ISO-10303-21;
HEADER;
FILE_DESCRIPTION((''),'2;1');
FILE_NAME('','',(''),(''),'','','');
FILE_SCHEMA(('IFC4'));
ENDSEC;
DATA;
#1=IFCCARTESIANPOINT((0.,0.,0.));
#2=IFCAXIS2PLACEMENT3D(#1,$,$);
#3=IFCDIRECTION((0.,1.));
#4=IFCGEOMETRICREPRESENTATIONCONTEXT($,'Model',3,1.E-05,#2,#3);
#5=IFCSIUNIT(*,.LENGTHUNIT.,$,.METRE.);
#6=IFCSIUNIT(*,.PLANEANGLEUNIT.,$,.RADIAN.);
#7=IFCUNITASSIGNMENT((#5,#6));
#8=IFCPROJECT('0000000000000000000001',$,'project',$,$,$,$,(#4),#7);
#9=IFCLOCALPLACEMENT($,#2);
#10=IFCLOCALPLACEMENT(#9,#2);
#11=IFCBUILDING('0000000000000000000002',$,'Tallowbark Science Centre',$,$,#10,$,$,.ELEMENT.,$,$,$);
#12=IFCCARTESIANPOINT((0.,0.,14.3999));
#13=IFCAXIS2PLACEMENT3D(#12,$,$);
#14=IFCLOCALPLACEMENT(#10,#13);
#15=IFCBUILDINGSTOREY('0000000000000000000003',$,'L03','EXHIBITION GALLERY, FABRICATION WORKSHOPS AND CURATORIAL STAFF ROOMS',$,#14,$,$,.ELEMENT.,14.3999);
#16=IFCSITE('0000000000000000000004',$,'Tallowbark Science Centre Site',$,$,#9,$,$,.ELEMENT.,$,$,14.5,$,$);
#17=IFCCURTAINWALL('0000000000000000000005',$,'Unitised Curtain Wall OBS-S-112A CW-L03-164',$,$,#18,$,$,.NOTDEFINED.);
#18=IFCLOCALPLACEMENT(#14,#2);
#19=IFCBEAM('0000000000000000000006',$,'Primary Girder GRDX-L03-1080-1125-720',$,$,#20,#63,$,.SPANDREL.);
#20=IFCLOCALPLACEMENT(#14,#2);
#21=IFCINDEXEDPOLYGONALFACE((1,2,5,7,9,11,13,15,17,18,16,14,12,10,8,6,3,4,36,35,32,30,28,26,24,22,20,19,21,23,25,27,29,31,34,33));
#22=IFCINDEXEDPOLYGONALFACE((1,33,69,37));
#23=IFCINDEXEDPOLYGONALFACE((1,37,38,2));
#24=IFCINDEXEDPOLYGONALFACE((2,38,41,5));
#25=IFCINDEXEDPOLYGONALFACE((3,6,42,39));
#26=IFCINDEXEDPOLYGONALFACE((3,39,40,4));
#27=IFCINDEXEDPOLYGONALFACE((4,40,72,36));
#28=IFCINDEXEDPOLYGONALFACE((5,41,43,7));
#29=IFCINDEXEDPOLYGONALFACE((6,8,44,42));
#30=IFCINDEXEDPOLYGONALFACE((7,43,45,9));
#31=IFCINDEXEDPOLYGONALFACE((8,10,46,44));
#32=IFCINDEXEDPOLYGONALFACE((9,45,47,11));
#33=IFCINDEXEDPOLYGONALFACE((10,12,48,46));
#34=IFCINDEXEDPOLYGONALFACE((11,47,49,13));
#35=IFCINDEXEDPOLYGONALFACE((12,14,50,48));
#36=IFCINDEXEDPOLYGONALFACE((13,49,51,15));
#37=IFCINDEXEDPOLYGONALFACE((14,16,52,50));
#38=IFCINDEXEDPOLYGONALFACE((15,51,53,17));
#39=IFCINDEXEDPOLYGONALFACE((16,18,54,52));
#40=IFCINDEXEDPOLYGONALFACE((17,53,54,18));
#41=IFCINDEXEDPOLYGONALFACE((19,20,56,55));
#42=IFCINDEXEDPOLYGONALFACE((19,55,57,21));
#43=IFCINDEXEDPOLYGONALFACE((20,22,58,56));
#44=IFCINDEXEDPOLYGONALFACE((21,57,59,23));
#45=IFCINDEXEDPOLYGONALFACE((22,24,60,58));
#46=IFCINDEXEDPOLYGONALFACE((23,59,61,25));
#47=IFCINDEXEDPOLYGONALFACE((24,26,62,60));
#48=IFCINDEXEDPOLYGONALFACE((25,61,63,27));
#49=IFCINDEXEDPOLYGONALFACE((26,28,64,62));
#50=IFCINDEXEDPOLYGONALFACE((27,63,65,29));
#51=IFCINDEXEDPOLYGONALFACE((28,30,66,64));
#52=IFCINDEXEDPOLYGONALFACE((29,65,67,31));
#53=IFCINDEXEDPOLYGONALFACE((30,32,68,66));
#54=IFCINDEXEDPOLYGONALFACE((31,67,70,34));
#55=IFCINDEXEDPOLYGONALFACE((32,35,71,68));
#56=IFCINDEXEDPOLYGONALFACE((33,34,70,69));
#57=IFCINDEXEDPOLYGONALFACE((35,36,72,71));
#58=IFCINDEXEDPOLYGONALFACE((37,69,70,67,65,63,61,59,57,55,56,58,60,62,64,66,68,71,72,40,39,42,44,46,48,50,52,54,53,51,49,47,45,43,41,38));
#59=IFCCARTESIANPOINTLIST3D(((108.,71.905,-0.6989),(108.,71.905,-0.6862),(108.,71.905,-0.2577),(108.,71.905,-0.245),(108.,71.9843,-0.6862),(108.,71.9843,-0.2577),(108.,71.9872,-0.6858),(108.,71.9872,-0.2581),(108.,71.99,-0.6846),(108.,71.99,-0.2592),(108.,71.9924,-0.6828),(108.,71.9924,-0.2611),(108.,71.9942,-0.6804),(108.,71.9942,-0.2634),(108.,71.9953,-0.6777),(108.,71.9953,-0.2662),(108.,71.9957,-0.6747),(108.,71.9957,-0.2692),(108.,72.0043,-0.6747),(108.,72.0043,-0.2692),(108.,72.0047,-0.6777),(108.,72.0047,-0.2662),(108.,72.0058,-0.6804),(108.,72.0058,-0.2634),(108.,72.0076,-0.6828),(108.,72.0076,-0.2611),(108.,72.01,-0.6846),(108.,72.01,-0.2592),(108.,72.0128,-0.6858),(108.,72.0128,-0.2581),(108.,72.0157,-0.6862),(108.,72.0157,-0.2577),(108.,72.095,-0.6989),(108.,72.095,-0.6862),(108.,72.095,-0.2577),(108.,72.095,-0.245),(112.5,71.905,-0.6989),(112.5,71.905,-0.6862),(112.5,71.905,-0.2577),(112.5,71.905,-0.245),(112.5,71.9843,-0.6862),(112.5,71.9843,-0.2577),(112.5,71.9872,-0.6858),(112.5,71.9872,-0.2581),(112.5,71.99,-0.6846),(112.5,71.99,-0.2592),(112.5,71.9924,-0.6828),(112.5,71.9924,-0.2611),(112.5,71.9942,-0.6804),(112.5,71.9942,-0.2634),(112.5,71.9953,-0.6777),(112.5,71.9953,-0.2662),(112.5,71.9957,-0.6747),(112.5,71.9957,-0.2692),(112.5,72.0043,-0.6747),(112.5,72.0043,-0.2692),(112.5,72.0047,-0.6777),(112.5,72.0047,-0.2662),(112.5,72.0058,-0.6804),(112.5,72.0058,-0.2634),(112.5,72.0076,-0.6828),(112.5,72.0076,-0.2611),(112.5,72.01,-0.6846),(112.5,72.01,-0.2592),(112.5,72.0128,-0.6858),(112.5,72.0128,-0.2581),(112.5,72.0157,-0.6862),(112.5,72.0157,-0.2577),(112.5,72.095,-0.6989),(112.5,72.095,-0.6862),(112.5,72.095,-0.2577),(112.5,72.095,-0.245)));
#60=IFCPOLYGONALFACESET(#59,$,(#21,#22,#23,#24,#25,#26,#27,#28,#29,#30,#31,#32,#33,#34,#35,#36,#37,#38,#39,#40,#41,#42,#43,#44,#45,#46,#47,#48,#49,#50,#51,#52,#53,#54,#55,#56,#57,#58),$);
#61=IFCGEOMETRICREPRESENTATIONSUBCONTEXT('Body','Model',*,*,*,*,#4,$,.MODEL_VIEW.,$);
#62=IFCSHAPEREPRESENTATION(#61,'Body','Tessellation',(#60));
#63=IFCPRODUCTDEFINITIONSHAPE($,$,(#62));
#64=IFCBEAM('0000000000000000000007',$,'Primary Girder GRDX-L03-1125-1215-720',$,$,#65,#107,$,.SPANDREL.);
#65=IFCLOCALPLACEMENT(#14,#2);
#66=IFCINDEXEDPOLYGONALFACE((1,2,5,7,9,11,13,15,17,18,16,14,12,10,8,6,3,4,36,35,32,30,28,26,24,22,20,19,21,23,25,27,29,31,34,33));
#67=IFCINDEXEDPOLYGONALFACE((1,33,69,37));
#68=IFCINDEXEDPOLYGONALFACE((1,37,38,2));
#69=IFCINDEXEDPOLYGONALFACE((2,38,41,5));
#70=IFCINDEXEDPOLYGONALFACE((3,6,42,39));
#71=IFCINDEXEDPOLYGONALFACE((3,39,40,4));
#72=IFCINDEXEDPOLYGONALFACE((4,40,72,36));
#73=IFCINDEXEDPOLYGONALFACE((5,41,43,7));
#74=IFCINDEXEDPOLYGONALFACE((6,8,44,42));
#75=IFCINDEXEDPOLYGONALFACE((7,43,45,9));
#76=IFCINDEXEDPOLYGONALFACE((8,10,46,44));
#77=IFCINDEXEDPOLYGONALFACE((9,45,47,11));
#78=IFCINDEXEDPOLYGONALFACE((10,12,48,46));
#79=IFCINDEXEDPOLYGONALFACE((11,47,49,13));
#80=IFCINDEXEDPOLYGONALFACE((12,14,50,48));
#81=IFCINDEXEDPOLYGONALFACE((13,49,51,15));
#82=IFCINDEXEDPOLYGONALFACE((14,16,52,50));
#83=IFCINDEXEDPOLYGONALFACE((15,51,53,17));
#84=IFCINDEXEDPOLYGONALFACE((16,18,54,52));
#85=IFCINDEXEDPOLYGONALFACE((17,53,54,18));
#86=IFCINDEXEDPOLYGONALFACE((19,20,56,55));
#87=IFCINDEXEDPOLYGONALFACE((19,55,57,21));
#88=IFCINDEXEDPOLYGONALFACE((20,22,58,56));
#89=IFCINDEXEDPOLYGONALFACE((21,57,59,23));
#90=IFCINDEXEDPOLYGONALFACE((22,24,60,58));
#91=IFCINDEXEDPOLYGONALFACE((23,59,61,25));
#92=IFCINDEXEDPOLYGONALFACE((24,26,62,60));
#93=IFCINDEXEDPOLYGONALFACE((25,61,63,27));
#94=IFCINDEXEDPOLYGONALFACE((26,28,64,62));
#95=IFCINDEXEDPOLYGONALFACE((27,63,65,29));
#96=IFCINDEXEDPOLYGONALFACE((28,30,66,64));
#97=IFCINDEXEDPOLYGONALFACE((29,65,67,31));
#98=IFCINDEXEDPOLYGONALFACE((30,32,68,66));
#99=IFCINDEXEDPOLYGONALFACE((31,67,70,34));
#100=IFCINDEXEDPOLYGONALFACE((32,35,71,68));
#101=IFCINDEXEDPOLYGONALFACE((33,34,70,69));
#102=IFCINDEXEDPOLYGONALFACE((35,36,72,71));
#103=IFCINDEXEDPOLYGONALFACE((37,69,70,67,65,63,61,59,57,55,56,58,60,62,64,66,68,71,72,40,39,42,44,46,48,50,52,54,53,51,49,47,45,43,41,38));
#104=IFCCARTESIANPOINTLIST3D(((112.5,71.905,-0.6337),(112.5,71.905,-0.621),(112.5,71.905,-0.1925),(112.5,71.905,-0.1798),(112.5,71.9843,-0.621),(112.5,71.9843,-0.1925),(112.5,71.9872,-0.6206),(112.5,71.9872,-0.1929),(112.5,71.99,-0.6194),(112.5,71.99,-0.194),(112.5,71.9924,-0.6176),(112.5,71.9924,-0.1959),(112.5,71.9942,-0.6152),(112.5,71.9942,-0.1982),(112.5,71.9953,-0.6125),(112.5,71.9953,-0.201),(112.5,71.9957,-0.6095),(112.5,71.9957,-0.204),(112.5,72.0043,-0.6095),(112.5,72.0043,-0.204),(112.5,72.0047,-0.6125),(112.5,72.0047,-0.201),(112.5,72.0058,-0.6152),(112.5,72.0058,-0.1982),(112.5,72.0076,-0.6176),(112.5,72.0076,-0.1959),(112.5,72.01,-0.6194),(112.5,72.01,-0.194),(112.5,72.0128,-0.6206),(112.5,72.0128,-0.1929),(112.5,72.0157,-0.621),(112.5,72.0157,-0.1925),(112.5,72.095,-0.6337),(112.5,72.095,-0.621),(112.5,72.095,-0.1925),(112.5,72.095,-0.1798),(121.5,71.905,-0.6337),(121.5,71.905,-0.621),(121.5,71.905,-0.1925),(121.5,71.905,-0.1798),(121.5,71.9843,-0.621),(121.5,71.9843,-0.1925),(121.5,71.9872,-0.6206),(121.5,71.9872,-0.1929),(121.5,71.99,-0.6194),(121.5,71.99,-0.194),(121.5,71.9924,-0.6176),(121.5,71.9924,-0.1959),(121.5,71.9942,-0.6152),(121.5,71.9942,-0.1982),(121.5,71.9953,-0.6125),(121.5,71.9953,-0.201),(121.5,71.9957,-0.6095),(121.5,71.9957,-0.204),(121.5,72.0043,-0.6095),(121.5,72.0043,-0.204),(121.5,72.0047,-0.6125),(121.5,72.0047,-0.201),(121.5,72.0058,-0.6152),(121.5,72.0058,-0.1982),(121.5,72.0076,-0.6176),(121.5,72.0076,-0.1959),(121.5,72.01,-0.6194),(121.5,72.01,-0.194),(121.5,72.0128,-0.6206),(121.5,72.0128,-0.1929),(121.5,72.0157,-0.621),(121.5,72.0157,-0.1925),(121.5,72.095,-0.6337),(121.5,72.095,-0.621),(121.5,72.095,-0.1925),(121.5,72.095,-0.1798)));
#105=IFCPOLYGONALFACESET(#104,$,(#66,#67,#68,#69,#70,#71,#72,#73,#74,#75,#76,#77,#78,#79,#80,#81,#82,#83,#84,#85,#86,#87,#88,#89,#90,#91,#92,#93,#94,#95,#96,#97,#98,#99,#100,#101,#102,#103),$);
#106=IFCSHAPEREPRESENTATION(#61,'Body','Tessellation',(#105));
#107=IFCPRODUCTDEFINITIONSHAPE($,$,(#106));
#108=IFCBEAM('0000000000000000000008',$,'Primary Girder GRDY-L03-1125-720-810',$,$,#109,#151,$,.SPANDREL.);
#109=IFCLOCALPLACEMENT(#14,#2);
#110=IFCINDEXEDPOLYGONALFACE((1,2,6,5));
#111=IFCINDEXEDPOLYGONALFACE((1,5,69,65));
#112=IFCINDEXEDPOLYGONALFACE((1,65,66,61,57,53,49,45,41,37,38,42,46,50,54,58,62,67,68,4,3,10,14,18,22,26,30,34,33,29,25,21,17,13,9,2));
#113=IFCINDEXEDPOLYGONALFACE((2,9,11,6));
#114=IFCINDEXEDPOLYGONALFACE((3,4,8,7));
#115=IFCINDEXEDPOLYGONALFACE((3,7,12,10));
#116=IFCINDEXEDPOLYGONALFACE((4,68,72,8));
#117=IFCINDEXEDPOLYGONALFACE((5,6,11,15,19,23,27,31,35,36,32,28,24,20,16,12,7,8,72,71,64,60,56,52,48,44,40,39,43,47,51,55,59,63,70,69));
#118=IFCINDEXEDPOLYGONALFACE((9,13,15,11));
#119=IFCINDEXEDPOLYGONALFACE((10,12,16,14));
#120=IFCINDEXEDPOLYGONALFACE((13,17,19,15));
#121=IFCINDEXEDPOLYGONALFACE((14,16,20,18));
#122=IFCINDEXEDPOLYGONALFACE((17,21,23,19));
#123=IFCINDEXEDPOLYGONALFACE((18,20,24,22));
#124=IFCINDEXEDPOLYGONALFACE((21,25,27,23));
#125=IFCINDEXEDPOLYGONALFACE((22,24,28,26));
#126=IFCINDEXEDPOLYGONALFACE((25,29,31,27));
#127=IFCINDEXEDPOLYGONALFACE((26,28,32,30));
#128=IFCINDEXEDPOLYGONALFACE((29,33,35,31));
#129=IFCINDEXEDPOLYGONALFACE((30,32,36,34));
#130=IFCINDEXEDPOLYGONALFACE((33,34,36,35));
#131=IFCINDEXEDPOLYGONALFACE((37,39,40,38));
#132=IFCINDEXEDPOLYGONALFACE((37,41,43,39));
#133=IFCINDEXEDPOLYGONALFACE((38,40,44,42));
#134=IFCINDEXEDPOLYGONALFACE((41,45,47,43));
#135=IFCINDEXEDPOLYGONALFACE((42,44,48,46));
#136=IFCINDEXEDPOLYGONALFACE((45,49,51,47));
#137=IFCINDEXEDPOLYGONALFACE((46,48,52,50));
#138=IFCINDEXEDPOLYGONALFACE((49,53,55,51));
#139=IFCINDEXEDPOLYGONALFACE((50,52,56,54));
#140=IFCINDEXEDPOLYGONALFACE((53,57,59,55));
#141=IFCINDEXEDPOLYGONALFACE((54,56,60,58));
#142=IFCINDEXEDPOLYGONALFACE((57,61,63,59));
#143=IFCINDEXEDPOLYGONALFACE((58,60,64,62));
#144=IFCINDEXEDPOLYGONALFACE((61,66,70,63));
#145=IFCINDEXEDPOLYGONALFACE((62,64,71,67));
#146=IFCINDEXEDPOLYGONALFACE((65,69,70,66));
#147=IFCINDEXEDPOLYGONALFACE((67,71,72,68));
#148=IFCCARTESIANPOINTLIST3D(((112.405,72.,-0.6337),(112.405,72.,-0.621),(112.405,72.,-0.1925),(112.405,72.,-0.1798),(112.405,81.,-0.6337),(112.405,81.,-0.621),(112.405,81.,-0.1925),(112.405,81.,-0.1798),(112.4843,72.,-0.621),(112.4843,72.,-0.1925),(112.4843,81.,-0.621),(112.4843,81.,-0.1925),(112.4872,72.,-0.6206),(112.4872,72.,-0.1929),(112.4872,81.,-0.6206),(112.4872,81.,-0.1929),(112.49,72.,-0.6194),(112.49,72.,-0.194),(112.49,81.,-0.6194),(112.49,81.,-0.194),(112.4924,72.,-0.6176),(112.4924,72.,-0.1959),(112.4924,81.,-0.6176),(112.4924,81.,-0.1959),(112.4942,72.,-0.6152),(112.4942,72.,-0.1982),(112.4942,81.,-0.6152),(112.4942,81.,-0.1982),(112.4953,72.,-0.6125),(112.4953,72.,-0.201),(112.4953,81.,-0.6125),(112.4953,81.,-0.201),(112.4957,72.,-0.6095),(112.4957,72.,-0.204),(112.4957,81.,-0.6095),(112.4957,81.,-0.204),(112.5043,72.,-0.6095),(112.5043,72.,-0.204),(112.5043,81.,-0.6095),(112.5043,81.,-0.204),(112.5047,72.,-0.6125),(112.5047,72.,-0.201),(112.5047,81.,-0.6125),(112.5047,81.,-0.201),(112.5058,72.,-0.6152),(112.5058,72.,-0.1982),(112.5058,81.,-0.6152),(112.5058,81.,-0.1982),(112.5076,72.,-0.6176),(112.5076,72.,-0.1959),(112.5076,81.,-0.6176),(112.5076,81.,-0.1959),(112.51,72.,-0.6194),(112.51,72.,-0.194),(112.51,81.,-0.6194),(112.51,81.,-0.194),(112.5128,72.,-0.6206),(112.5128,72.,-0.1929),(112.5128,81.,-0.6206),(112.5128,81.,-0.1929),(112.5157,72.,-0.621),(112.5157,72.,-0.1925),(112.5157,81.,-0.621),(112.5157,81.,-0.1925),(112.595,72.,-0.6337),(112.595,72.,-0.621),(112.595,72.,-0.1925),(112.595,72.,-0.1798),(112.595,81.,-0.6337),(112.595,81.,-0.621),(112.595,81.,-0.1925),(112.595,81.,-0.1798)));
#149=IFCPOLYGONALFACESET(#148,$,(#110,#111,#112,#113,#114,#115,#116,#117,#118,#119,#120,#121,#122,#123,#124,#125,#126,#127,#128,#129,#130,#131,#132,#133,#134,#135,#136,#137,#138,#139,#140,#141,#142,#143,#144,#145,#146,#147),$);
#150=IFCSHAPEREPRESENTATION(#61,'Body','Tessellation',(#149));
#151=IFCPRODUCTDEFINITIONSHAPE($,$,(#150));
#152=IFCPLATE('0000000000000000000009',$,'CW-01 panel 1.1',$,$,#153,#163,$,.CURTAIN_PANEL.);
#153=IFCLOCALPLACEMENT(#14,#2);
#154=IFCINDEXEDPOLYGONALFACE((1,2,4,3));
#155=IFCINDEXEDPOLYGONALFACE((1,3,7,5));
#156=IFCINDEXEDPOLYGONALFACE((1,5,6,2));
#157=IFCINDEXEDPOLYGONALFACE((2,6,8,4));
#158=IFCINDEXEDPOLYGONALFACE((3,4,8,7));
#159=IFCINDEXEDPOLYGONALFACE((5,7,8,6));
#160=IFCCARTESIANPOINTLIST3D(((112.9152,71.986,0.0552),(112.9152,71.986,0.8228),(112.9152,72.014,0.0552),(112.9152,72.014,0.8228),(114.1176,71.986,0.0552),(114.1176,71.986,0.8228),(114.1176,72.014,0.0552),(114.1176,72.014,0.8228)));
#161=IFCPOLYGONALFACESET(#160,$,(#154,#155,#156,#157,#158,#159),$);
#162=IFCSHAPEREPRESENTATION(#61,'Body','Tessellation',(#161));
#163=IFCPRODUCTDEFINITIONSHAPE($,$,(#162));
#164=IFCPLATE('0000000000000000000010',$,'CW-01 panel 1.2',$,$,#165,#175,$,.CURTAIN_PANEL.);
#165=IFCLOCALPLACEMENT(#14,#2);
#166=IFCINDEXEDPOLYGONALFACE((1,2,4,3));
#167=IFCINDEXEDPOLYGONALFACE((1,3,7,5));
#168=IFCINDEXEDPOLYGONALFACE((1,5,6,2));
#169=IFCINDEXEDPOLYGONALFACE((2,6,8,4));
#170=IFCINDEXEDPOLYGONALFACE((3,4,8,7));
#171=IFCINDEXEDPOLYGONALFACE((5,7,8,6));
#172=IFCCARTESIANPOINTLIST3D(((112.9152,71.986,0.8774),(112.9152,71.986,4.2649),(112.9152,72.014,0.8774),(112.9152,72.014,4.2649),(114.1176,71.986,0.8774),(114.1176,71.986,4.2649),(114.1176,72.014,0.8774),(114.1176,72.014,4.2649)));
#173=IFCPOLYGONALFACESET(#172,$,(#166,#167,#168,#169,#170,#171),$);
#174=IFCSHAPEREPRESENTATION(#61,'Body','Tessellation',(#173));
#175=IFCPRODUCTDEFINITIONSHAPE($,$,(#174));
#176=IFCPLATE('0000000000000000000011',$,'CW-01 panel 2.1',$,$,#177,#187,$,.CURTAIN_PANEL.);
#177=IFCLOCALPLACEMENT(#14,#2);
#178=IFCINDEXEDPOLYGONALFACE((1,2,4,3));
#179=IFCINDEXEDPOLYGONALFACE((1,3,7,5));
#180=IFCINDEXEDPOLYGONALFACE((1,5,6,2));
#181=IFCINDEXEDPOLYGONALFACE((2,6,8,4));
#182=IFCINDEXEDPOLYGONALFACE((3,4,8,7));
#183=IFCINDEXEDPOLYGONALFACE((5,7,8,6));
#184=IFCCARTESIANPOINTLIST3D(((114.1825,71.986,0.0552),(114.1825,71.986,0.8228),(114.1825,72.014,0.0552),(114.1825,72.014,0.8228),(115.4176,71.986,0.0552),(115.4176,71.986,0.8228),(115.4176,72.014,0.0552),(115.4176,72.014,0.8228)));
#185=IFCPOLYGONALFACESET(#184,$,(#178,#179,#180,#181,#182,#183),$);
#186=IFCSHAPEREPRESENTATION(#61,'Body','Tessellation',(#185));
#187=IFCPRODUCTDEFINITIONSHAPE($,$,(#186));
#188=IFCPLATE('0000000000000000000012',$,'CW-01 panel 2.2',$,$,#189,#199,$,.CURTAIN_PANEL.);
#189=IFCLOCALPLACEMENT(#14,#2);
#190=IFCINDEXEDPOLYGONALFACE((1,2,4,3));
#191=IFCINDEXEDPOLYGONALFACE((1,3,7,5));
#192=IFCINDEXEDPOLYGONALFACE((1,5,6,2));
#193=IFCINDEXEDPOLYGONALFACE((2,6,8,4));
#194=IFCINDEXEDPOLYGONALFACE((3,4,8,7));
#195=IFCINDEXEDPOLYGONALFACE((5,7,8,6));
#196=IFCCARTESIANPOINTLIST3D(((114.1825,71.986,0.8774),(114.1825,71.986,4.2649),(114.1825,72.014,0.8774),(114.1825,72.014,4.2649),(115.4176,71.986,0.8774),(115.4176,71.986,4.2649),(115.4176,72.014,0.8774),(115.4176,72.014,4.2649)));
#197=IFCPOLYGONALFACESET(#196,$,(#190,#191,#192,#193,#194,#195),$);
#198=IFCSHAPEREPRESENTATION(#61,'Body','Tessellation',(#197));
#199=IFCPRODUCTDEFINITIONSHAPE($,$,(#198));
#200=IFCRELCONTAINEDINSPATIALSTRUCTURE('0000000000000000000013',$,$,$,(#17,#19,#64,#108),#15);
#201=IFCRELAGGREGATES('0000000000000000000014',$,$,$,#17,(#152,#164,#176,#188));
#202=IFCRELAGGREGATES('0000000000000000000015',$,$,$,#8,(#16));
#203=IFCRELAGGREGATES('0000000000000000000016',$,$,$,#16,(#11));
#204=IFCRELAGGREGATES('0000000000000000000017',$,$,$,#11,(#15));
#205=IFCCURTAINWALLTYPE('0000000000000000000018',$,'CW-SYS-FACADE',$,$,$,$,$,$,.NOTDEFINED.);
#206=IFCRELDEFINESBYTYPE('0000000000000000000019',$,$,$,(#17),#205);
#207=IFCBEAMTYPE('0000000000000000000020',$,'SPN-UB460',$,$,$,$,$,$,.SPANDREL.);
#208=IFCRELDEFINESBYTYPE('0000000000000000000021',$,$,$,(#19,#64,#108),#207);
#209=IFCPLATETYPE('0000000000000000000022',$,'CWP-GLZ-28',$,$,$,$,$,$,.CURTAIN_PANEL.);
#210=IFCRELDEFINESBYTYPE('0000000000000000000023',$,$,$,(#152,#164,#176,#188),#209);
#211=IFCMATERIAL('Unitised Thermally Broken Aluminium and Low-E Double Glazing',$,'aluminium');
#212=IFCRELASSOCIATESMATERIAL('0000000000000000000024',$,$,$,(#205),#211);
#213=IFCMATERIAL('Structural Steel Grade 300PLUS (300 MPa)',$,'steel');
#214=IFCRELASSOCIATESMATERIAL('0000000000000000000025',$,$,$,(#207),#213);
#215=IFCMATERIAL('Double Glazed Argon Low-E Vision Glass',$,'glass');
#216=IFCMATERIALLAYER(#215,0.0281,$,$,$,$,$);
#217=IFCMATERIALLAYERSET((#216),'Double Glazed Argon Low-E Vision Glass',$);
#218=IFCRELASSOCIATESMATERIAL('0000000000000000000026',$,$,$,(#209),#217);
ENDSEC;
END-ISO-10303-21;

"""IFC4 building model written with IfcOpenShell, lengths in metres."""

from ifc_helpers import new_model, si_unit, direction, frame, origin, origin_2d, place, context, subcontext, project, spatial, rectangle, i_section, extrude, material, layer, layer_set, material_profile, profile_set, type_object, element, aggregate, save


model = new_model("IFC4")

# Units and contexts
model_context = context("Model", 3, precision=1e-05, world=origin(), true_north=direction((0.0, 1.0)))
body_context = subcontext(model_context, "Body", "Model", "MODEL_VIEW")
ifc_project = project(units=[si_unit("LENGTHUNIT", "METRE"), si_unit("PLANEANGLEUNIT", "RADIAN")], contexts=[model_context])

# Site, building, storey
site_placement = place(None, origin())
site = spatial("IfcSite", under=ifc_project, at=site_placement, Name="Tallowbark Science Centre Site", CompositionType="ELEMENT", RefElevation=14.5)
building_placement = place(site_placement, origin())
building = spatial("IfcBuilding", under=site, at=building_placement, Name="Tallowbark Science Centre", CompositionType="ELEMENT")
storey_placement = place(building_placement, frame((0.0, 0.0, 14.3999)))
storey = spatial("IfcBuildingStorey", under=building, at=storey_placement, Name="L03", Description="EXHIBITION GALLERY, FABRICATION WORKSHOPS AND CURATORIAL STAFF ROOMS", CompositionType="ELEMENT", Elevation=14.3999)

# Shared definitions
ifc_material_1 = material(Name="Structural Steel Grade 300PLUS (300 MPa)", Category="steel")

# Curtain wall
ifc_material_2 = material(Name="Unitised Thermally Broken Aluminium and Low-E Double Glazing", Category="aluminium")
curtain_wall_type = type_object("IfcCurtainWallType", Name="CW-SYS-FACADE", PredefinedType="NOTDEFINED", material=ifc_material_2)
curtain_wall_1_placement = place(storey_placement, origin())
curtain_wall_1 = element("IfcCurtainWall", 1, at=curtain_wall_1_placement, inside=storey, type_object=curtain_wall_type, Name="Unitised Curtain Wall OBS-S-112A CW-L03-164", PredefinedType="NOTDEFINED")

# Beams
ifc_material_profile_1 = material_profile(ifc_material_1, i_section(OverallWidth=0.1899, OverallDepth=0.4539, WebThickness=0.0085, FlangeThickness=0.0127, FilletRadius=0.0115, at=origin_2d()), Name="460UB67.1")
ifc_profile_set_1 = profile_set([ifc_material_profile_1], Name="Structural Steel Grade 300PLUS (300 MPa)")
beam_type_1 = type_object("IfcBeamType", Name="SPN-UB460", PredefinedType="SPANDREL", material=ifc_profile_set_1)
beam_1_placement = place(storey_placement, frame((108.0, 72.0, -0.4719), z_axis=(1.0, 0.0, 0.0), x_axis=(0.0, 1.0, 0.0)))
element("IfcBeam", 2, at=beam_1_placement, inside=storey, type_object=beam_type_1, Name="Primary Girder GRDX-L03-1080-1125-720", PredefinedType="SPANDREL", context=body_context, shape_type="SweptSolid", body=[
    extrude(i_section(OverallWidth=0.1899, OverallDepth=0.4539, WebThickness=0.0085, FlangeThickness=0.0127, FilletRadius=0.0115, at=origin_2d()), origin(), (0.0, 0.0, 1.0), 4.5),
])
for number, where, z_axis, x_axis, name in (
    (3, (112.5, 72.0, -0.4067), (1.0, 0.0, 0.0), (0.0, 1.0, 0.0), "Primary Girder GRDX-L03-1125-1215-720"),
    (4, (112.5, 72.0, -0.4067), (0.0, 1.0, 0.0), (-1.0, 0.0, 0.0), "Primary Girder GRDY-L03-1125-720-810"),
):
    element("IfcBeam", number, at=place(storey_placement, frame(where, z_axis=z_axis, x_axis=x_axis)), inside=storey, type_object=beam_type_1, Name=name, PredefinedType="SPANDREL", context=body_context, shape_type="SweptSolid", body=[
        extrude(i_section(OverallWidth=0.1899, OverallDepth=0.4539, WebThickness=0.0085, FlangeThickness=0.0127, FilletRadius=0.0115, at=origin_2d()), origin(), (0.0, 0.0, 1.0), 9.0),
    ])

# Plates
ifc_material_3 = material(Name="Double Glazed Argon Low-E Vision Glass", Category="glass")
ifc_layer_1 = layer(ifc_material_3, 0.0281)
ifc_layer_set_1 = layer_set([ifc_layer_1], Name="Double Glazed Argon Low-E Vision Glass")
plate_type = type_object("IfcPlateType", Name="CWP-GLZ-28", PredefinedType="CURTAIN_PANEL", material=ifc_layer_set_1)
plate_1_placement = place(storey_placement, frame((113.5164, 72.0, 0.0552), z_axis=(0.0, 0.0, 1.0), x_axis=(1.0, 0.0, 0.0)))
plate_1 = element("IfcPlate", 5, at=plate_1_placement, type_object=plate_type, Name="CW-01 panel 1.1", PredefinedType="CURTAIN_PANEL", context=body_context, shape_type="SweptSolid", body=[
    extrude(rectangle(XDim=1.2024, YDim=0.0281, at=origin_2d()), origin(), (0.0, 0.0, 1.0), 0.7676),
])
plate_2_placement = place(storey_placement, frame((113.5164, 72.0, 0.8774), z_axis=(0.0, 0.0, 1.0), x_axis=(1.0, 0.0, 0.0)))
plate_2 = element("IfcPlate", 6, at=plate_2_placement, type_object=plate_type, Name="CW-01 panel 1.2", PredefinedType="CURTAIN_PANEL", context=body_context, shape_type="SweptSolid", body=[
    extrude(rectangle(XDim=1.2024, YDim=0.0281, at=origin_2d()), origin(), (0.0, 0.0, 1.0), 3.3875),
])
plate_3_placement = place(storey_placement, frame((114.8, 72.0, 0.0552), z_axis=(0.0, 0.0, 1.0), x_axis=(1.0, 0.0, 0.0)))
plate_3 = element("IfcPlate", 7, at=plate_3_placement, type_object=plate_type, Name="CW-01 panel 2.1", PredefinedType="CURTAIN_PANEL", context=body_context, shape_type="SweptSolid", body=[
    extrude(rectangle(XDim=1.2351, YDim=0.0281, at=origin_2d()), origin(), (0.0, 0.0, 1.0), 0.7676),
])
plate_4_placement = place(storey_placement, frame((114.8, 72.0, 0.8774), z_axis=(0.0, 0.0, 1.0), x_axis=(1.0, 0.0, 0.0)))
plate_4 = element("IfcPlate", 8, at=plate_4_placement, type_object=plate_type, Name="CW-01 panel 2.2", PredefinedType="CURTAIN_PANEL", context=body_context, shape_type="SweptSolid", body=[
    extrude(rectangle(XDim=1.2351, YDim=0.0281, at=origin_2d()), origin(), (0.0, 0.0, 1.0), 3.3875),
])
aggregate(curtain_wall_1, [plate_1, plate_2, plate_3, plate_4])

save(model, "model.ifc")
